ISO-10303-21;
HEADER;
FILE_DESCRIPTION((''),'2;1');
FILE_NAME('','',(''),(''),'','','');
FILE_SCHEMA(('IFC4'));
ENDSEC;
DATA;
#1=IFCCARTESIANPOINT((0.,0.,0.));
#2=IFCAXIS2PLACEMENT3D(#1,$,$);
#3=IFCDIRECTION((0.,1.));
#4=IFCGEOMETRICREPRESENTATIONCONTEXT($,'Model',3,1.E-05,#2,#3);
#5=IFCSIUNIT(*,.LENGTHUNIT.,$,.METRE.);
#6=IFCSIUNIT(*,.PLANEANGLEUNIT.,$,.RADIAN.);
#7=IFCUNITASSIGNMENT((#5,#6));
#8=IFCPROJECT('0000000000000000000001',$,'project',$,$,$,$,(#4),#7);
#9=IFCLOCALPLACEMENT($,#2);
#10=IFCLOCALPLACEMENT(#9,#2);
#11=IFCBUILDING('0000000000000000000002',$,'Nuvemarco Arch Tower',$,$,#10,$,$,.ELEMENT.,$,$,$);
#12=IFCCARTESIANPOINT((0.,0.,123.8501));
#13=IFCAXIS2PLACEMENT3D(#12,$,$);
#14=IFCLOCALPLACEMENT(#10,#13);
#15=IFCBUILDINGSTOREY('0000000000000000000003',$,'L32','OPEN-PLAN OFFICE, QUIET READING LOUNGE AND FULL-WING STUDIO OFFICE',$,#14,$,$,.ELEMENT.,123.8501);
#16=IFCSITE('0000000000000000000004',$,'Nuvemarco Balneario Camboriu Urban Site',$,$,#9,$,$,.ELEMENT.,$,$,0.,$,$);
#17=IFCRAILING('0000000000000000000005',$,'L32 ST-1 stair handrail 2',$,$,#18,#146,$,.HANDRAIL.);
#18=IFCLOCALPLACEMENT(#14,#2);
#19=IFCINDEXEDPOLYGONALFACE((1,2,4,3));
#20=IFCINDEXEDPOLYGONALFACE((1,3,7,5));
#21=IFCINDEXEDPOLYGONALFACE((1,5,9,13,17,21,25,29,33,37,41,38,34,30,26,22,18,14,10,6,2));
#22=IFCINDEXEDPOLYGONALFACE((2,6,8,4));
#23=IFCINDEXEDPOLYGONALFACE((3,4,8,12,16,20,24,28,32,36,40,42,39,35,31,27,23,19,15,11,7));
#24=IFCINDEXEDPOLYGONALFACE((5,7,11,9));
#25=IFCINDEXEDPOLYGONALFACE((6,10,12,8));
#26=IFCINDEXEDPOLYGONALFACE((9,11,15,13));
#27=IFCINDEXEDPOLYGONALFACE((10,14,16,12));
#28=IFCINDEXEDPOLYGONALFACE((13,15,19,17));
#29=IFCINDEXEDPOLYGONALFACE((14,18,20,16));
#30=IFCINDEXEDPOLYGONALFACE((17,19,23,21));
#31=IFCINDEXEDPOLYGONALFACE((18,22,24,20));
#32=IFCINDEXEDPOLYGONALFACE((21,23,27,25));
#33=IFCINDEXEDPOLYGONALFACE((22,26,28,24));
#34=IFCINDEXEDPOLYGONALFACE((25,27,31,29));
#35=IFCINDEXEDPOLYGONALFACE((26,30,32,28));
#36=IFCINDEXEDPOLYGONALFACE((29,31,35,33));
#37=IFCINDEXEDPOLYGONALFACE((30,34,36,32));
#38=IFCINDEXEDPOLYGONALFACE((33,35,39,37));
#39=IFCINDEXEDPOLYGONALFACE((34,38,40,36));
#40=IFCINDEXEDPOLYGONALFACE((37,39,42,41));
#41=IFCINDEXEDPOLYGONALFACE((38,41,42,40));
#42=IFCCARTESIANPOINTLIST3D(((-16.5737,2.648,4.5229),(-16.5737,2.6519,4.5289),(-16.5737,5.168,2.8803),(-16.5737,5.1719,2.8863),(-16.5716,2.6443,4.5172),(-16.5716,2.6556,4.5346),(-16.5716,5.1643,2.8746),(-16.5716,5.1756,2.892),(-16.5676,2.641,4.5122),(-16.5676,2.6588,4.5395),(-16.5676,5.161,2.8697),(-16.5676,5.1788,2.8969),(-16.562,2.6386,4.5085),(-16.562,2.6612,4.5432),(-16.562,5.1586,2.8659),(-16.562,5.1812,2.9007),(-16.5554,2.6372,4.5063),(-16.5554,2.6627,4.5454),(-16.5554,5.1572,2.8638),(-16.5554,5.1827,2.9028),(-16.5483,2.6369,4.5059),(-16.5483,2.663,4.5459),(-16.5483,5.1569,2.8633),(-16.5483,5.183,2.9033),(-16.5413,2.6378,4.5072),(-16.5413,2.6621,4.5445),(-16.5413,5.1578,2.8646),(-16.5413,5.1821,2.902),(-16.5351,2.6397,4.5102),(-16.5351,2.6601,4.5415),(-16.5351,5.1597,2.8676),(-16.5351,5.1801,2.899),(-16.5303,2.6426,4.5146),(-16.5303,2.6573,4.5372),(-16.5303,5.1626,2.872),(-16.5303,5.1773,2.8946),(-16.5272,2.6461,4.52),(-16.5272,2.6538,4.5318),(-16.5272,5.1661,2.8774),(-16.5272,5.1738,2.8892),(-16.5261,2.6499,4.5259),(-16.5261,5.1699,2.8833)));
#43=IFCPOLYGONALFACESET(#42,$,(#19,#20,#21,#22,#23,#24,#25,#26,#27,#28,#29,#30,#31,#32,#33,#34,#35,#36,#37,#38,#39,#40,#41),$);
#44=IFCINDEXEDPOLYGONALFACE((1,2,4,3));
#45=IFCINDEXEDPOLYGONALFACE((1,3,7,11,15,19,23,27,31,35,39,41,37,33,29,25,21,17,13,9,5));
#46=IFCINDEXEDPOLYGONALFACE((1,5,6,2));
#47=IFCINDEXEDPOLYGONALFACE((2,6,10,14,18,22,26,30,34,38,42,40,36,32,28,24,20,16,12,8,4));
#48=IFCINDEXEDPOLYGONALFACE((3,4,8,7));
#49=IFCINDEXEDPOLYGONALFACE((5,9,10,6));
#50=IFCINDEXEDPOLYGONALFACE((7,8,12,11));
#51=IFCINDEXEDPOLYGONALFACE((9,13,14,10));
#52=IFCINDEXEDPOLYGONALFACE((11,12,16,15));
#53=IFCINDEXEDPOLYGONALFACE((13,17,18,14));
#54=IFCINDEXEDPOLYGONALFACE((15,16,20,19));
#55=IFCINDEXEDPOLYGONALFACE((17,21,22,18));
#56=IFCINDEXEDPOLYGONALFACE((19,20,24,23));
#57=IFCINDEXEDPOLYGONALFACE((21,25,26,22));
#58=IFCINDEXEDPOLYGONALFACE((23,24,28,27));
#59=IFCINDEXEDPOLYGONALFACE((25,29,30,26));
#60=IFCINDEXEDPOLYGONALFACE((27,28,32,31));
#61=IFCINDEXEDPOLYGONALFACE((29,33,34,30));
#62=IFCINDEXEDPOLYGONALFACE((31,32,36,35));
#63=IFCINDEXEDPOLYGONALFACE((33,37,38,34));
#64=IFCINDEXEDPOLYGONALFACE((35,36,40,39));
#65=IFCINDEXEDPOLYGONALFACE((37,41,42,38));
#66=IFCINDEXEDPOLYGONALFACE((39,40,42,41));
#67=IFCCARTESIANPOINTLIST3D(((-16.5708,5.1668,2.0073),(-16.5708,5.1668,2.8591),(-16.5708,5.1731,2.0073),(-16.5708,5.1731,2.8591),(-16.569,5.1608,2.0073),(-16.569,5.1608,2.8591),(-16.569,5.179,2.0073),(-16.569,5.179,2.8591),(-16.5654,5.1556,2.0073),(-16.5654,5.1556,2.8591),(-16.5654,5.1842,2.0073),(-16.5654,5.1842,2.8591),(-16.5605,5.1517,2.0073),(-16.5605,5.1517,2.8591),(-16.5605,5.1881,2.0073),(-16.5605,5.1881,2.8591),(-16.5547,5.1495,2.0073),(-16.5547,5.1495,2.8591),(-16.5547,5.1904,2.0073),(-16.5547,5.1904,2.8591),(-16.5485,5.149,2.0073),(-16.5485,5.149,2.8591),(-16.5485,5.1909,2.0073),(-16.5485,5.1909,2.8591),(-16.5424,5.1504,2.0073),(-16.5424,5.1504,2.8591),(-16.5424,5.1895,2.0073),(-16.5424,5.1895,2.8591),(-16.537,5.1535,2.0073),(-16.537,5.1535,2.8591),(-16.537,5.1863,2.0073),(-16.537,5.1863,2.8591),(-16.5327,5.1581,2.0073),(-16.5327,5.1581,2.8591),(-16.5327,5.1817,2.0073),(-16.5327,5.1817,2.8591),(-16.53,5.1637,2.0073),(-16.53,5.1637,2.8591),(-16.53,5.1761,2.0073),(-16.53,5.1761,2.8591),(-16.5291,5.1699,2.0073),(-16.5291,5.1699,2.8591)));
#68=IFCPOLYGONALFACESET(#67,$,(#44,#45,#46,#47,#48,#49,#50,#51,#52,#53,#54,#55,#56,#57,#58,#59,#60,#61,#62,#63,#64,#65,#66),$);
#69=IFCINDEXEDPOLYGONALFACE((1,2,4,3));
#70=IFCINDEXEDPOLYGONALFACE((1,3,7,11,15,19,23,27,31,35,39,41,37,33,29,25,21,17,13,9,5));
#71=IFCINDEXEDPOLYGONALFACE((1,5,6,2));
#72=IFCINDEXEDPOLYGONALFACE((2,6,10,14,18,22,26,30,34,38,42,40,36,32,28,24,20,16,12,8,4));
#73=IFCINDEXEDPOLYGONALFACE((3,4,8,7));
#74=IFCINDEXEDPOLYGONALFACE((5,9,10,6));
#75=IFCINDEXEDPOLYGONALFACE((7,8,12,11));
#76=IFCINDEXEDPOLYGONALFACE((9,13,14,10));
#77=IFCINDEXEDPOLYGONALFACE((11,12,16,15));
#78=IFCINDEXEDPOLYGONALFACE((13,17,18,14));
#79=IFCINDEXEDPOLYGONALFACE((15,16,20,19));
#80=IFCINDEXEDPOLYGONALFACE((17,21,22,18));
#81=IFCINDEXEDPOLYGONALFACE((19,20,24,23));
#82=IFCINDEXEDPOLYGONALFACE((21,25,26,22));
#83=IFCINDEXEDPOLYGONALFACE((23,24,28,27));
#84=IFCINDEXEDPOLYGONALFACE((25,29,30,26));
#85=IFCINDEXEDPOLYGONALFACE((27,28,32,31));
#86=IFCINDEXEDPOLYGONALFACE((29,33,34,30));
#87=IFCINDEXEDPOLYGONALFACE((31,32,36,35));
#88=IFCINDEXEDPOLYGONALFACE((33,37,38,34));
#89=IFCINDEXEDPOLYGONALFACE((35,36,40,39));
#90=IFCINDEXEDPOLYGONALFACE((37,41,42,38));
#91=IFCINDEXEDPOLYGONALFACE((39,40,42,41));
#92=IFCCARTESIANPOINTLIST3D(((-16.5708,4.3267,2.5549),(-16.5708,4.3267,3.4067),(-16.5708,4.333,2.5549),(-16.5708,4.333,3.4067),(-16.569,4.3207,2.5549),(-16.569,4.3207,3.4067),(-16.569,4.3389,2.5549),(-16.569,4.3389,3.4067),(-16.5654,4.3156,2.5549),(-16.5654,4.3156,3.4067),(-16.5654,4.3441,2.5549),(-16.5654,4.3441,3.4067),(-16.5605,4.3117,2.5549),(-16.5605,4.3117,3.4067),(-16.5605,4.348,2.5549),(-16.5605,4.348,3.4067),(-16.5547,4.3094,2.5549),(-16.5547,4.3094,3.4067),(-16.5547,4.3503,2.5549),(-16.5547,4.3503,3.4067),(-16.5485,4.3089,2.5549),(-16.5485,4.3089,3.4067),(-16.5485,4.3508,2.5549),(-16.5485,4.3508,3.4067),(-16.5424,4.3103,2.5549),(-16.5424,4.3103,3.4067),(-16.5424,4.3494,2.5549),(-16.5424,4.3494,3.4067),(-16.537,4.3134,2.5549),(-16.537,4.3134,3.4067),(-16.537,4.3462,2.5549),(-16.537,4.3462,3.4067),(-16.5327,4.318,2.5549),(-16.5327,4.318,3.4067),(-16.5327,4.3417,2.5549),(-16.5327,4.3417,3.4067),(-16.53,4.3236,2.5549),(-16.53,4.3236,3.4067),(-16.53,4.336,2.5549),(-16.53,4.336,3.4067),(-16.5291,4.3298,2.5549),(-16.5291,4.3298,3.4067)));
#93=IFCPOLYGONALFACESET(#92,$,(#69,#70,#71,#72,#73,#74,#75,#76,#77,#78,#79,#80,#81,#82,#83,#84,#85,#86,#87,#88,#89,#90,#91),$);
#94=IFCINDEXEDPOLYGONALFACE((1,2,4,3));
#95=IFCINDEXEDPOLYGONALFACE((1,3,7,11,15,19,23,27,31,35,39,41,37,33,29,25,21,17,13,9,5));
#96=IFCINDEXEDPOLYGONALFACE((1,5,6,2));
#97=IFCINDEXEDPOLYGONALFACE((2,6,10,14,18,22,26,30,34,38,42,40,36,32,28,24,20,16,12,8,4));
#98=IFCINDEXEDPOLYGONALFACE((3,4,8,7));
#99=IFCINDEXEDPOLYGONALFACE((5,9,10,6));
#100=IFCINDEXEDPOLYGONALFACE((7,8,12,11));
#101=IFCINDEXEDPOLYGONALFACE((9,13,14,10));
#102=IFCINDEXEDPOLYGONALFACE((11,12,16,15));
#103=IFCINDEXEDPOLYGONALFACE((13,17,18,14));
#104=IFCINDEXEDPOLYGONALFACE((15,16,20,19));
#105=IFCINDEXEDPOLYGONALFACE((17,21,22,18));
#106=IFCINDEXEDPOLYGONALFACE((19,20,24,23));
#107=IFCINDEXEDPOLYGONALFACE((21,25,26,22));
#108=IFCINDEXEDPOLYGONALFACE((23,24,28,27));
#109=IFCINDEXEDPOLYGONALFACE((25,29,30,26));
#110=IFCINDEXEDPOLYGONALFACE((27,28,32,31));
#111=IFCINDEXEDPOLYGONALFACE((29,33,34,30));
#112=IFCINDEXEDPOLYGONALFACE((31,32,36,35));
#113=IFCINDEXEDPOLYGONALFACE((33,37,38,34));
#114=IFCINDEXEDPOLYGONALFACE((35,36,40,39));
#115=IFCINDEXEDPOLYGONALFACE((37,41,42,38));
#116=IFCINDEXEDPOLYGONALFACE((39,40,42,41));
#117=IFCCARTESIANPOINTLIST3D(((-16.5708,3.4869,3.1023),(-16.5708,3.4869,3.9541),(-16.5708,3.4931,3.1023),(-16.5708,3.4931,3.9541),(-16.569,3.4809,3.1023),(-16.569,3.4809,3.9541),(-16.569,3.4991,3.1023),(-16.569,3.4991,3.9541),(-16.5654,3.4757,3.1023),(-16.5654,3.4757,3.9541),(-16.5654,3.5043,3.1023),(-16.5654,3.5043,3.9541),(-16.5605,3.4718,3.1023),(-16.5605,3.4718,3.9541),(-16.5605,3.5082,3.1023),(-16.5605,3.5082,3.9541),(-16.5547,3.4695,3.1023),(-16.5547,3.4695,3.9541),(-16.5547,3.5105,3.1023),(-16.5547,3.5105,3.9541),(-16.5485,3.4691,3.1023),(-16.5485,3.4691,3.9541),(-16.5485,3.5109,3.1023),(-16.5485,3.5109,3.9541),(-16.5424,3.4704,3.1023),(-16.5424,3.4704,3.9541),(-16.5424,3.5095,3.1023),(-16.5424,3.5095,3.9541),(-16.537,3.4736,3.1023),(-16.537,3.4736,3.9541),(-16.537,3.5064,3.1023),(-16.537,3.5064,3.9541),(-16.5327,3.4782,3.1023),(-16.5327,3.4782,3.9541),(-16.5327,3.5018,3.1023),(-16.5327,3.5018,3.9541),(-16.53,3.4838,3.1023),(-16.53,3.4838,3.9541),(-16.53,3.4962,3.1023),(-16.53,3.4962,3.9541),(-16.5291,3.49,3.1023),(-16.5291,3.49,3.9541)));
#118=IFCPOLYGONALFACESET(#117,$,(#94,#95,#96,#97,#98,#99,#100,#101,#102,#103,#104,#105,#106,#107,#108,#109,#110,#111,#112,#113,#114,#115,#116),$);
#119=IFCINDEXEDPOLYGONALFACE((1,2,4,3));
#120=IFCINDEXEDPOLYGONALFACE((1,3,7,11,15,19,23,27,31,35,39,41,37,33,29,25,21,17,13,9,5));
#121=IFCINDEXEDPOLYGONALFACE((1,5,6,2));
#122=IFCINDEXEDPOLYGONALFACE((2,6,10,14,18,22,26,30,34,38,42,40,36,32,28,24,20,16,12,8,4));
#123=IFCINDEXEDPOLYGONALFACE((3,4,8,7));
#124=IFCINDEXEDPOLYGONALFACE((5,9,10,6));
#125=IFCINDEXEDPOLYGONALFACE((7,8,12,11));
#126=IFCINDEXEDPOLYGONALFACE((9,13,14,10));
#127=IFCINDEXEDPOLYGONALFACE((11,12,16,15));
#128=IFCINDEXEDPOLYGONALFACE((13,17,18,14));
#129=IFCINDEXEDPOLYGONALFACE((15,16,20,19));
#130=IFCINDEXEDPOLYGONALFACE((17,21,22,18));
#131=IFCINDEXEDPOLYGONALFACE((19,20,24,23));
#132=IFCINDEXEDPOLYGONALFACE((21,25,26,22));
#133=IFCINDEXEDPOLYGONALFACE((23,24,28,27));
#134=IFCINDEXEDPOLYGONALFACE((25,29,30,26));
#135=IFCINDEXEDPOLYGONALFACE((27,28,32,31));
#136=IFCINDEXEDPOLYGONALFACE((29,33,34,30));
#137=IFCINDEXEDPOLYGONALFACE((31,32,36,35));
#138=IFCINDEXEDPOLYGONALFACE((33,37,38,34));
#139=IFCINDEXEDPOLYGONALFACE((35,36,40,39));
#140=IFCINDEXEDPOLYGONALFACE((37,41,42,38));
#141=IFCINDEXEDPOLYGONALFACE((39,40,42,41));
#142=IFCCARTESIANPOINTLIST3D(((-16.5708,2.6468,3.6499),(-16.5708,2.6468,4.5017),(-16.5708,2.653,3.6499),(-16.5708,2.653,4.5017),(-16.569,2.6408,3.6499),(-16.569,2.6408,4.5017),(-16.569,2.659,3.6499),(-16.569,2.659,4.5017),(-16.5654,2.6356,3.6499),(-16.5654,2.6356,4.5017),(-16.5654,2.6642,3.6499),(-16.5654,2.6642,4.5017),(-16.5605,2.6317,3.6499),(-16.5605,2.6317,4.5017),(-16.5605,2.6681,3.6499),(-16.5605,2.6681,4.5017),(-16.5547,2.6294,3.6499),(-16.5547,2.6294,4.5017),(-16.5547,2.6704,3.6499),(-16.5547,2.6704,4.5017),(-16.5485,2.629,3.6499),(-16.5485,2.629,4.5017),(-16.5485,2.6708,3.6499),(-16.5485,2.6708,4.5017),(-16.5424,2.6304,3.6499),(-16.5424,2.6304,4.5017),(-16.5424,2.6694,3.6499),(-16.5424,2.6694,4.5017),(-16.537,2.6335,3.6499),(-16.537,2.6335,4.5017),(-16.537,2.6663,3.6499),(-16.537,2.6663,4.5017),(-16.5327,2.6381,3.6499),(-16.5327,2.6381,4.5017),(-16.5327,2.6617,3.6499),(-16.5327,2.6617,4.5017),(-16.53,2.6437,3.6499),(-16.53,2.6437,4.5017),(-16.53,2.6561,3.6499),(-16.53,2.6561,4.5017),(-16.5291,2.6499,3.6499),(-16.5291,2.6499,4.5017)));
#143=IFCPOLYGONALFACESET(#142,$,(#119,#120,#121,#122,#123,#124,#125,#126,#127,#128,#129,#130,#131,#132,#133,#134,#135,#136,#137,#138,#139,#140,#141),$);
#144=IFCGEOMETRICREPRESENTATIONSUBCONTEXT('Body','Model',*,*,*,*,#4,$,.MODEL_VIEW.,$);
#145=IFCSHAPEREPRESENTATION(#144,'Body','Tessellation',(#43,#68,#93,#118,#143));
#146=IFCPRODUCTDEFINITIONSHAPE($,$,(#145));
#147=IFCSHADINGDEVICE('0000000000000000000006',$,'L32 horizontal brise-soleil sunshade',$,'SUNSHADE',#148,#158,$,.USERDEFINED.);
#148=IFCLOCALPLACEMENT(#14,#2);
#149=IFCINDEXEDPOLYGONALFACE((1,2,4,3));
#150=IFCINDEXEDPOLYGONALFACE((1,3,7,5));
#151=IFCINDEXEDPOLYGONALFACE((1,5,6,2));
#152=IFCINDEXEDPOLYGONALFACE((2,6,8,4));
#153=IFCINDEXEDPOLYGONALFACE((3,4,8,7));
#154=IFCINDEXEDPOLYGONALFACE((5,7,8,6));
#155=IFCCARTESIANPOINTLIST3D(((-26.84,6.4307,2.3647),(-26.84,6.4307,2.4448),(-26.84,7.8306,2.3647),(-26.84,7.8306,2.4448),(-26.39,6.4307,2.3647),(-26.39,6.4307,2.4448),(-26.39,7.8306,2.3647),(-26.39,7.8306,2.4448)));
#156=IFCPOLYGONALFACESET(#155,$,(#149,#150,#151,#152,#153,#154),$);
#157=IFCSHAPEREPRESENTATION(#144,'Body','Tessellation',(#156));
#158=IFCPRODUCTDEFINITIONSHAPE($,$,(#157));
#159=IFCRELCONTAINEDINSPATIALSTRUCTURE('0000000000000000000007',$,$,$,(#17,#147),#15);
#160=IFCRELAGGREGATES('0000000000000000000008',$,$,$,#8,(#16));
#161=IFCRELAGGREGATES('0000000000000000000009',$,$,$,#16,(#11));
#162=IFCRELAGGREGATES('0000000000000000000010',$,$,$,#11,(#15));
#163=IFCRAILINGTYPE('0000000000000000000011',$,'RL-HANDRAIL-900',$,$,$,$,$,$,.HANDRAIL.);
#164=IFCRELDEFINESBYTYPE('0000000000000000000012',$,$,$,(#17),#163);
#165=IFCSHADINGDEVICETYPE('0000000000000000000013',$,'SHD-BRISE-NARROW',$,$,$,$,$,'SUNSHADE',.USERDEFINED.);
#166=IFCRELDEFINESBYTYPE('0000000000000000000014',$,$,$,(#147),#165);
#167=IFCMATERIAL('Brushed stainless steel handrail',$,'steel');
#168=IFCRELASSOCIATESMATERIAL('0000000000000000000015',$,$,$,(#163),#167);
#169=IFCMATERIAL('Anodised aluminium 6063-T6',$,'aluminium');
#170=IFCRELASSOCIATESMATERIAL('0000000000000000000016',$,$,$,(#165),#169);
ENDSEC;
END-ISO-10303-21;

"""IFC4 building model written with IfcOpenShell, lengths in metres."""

from ifc_helpers import new_model, si_unit, direction, frame, origin, origin_2d, place, context, subcontext, project, spatial, rectangle, circle, extrude, source, transform, mapped, material, type_object, type_shapes, element, save


model = new_model("IFC4")

# Units and contexts
model_context = context("Model", 3, precision=1e-05, world=origin(), true_north=direction((0.0, 1.0)))
body_context = subcontext(model_context, "Body", "Model", "MODEL_VIEW")
ifc_project = project(units=[si_unit("LENGTHUNIT", "METRE"), si_unit("PLANEANGLEUNIT", "RADIAN")], contexts=[model_context])

# Site, building, storey
site_placement = place(None, origin())
site = spatial("IfcSite", under=ifc_project, at=site_placement, Name="Nuvemarco Balneario Camboriu Urban Site", CompositionType="ELEMENT", RefElevation=0.0)
building_placement = place(site_placement, origin())
building = spatial("IfcBuilding", under=site, at=building_placement, Name="Nuvemarco Arch Tower", CompositionType="ELEMENT")
storey_placement = place(building_placement, frame((0.0, 0.0, 123.8501)))
storey = spatial("IfcBuildingStorey", under=building, at=storey_placement, Name="L32", Description="OPEN-PLAN OFFICE, QUIET READING LOUNGE AND FULL-WING STUDIO OFFICE", CompositionType="ELEMENT", Elevation=123.8501)

# Railing
ifc_material_1 = material(Name="Brushed stainless steel handrail", Category="steel")
railing_type = type_object("IfcRailingType", Name="RL-HANDRAIL-900", PredefinedType="HANDRAIL", material=ifc_material_1)
railing_placement = place(storey_placement, frame((-16.55, 5.1699, 2.0073)))
element("IfcRailing", 1, at=railing_placement, inside=storey, type_object=railing_type, Name="L32 ST-1 stair handrail 2", PredefinedType="HANDRAIL", context=body_context, shape_type="SweptSolid", body=[
    extrude(circle(Radius=0.0239, at=origin_2d()), frame((0.0, 0.0, 0.876), z_axis=(0.0, -0.837749, 0.546055), x_axis=(1.0, 0.0, 0.0)), (0.0, 0.0, 1.0), 3.0081),
    extrude(circle(Radius=0.021, at=origin_2d()), origin(), (0.0, 0.0, 1.0), 0.8518),
    extrude(circle(Radius=0.021, at=origin_2d()), frame((0.0, -0.8401, 0.5476)), (0.0, 0.0, 1.0), 0.8518),
    extrude(circle(Radius=0.021, at=origin_2d()), frame((0.0, -1.6799, 1.095)), (0.0, 0.0, 1.0), 0.8518),
    extrude(circle(Radius=0.021, at=origin_2d()), frame((0.0, -2.52, 1.6426)), (0.0, 0.0, 1.0), 0.8518),
])

# Shading device
ifc_material_2 = material(Name="Anodised aluminium 6063-T6", Category="aluminium")
shading_device_type = type_object("IfcShadingDeviceType", Name="SHD-BRISE-NARROW", ElementType="SUNSHADE", PredefinedType="USERDEFINED", material=ifc_material_2)
shared_shape_1 = source(origin(), body_context, "Body", "SweptSolid", [
    extrude(rectangle(XDim=1.3999, YDim=0.45, at=origin_2d()), origin(), (0.0, 0.0, 1.0), 0.0801),
])
type_shapes(shading_device_type, [shared_shape_1])
shading_device_placement = place(storey_placement, frame((-26.615, 7.1306, 2.3647), z_axis=(0.0, 0.0, 1.0), x_axis=(0.0, 1.0, 0.0)))
element("IfcShadingDevice", 2, at=shading_device_placement, inside=storey, type_object=shading_device_type, Name="L32 horizontal brise-soleil sunshade", ObjectType="SUNSHADE", PredefinedType="USERDEFINED", context=body_context, shape_type="MappedRepresentation", body=[
    mapped(shared_shape_1, transform((0.0, 0.0, 0.0), scale=1.0)),
])

save(model, "model.ifc")
